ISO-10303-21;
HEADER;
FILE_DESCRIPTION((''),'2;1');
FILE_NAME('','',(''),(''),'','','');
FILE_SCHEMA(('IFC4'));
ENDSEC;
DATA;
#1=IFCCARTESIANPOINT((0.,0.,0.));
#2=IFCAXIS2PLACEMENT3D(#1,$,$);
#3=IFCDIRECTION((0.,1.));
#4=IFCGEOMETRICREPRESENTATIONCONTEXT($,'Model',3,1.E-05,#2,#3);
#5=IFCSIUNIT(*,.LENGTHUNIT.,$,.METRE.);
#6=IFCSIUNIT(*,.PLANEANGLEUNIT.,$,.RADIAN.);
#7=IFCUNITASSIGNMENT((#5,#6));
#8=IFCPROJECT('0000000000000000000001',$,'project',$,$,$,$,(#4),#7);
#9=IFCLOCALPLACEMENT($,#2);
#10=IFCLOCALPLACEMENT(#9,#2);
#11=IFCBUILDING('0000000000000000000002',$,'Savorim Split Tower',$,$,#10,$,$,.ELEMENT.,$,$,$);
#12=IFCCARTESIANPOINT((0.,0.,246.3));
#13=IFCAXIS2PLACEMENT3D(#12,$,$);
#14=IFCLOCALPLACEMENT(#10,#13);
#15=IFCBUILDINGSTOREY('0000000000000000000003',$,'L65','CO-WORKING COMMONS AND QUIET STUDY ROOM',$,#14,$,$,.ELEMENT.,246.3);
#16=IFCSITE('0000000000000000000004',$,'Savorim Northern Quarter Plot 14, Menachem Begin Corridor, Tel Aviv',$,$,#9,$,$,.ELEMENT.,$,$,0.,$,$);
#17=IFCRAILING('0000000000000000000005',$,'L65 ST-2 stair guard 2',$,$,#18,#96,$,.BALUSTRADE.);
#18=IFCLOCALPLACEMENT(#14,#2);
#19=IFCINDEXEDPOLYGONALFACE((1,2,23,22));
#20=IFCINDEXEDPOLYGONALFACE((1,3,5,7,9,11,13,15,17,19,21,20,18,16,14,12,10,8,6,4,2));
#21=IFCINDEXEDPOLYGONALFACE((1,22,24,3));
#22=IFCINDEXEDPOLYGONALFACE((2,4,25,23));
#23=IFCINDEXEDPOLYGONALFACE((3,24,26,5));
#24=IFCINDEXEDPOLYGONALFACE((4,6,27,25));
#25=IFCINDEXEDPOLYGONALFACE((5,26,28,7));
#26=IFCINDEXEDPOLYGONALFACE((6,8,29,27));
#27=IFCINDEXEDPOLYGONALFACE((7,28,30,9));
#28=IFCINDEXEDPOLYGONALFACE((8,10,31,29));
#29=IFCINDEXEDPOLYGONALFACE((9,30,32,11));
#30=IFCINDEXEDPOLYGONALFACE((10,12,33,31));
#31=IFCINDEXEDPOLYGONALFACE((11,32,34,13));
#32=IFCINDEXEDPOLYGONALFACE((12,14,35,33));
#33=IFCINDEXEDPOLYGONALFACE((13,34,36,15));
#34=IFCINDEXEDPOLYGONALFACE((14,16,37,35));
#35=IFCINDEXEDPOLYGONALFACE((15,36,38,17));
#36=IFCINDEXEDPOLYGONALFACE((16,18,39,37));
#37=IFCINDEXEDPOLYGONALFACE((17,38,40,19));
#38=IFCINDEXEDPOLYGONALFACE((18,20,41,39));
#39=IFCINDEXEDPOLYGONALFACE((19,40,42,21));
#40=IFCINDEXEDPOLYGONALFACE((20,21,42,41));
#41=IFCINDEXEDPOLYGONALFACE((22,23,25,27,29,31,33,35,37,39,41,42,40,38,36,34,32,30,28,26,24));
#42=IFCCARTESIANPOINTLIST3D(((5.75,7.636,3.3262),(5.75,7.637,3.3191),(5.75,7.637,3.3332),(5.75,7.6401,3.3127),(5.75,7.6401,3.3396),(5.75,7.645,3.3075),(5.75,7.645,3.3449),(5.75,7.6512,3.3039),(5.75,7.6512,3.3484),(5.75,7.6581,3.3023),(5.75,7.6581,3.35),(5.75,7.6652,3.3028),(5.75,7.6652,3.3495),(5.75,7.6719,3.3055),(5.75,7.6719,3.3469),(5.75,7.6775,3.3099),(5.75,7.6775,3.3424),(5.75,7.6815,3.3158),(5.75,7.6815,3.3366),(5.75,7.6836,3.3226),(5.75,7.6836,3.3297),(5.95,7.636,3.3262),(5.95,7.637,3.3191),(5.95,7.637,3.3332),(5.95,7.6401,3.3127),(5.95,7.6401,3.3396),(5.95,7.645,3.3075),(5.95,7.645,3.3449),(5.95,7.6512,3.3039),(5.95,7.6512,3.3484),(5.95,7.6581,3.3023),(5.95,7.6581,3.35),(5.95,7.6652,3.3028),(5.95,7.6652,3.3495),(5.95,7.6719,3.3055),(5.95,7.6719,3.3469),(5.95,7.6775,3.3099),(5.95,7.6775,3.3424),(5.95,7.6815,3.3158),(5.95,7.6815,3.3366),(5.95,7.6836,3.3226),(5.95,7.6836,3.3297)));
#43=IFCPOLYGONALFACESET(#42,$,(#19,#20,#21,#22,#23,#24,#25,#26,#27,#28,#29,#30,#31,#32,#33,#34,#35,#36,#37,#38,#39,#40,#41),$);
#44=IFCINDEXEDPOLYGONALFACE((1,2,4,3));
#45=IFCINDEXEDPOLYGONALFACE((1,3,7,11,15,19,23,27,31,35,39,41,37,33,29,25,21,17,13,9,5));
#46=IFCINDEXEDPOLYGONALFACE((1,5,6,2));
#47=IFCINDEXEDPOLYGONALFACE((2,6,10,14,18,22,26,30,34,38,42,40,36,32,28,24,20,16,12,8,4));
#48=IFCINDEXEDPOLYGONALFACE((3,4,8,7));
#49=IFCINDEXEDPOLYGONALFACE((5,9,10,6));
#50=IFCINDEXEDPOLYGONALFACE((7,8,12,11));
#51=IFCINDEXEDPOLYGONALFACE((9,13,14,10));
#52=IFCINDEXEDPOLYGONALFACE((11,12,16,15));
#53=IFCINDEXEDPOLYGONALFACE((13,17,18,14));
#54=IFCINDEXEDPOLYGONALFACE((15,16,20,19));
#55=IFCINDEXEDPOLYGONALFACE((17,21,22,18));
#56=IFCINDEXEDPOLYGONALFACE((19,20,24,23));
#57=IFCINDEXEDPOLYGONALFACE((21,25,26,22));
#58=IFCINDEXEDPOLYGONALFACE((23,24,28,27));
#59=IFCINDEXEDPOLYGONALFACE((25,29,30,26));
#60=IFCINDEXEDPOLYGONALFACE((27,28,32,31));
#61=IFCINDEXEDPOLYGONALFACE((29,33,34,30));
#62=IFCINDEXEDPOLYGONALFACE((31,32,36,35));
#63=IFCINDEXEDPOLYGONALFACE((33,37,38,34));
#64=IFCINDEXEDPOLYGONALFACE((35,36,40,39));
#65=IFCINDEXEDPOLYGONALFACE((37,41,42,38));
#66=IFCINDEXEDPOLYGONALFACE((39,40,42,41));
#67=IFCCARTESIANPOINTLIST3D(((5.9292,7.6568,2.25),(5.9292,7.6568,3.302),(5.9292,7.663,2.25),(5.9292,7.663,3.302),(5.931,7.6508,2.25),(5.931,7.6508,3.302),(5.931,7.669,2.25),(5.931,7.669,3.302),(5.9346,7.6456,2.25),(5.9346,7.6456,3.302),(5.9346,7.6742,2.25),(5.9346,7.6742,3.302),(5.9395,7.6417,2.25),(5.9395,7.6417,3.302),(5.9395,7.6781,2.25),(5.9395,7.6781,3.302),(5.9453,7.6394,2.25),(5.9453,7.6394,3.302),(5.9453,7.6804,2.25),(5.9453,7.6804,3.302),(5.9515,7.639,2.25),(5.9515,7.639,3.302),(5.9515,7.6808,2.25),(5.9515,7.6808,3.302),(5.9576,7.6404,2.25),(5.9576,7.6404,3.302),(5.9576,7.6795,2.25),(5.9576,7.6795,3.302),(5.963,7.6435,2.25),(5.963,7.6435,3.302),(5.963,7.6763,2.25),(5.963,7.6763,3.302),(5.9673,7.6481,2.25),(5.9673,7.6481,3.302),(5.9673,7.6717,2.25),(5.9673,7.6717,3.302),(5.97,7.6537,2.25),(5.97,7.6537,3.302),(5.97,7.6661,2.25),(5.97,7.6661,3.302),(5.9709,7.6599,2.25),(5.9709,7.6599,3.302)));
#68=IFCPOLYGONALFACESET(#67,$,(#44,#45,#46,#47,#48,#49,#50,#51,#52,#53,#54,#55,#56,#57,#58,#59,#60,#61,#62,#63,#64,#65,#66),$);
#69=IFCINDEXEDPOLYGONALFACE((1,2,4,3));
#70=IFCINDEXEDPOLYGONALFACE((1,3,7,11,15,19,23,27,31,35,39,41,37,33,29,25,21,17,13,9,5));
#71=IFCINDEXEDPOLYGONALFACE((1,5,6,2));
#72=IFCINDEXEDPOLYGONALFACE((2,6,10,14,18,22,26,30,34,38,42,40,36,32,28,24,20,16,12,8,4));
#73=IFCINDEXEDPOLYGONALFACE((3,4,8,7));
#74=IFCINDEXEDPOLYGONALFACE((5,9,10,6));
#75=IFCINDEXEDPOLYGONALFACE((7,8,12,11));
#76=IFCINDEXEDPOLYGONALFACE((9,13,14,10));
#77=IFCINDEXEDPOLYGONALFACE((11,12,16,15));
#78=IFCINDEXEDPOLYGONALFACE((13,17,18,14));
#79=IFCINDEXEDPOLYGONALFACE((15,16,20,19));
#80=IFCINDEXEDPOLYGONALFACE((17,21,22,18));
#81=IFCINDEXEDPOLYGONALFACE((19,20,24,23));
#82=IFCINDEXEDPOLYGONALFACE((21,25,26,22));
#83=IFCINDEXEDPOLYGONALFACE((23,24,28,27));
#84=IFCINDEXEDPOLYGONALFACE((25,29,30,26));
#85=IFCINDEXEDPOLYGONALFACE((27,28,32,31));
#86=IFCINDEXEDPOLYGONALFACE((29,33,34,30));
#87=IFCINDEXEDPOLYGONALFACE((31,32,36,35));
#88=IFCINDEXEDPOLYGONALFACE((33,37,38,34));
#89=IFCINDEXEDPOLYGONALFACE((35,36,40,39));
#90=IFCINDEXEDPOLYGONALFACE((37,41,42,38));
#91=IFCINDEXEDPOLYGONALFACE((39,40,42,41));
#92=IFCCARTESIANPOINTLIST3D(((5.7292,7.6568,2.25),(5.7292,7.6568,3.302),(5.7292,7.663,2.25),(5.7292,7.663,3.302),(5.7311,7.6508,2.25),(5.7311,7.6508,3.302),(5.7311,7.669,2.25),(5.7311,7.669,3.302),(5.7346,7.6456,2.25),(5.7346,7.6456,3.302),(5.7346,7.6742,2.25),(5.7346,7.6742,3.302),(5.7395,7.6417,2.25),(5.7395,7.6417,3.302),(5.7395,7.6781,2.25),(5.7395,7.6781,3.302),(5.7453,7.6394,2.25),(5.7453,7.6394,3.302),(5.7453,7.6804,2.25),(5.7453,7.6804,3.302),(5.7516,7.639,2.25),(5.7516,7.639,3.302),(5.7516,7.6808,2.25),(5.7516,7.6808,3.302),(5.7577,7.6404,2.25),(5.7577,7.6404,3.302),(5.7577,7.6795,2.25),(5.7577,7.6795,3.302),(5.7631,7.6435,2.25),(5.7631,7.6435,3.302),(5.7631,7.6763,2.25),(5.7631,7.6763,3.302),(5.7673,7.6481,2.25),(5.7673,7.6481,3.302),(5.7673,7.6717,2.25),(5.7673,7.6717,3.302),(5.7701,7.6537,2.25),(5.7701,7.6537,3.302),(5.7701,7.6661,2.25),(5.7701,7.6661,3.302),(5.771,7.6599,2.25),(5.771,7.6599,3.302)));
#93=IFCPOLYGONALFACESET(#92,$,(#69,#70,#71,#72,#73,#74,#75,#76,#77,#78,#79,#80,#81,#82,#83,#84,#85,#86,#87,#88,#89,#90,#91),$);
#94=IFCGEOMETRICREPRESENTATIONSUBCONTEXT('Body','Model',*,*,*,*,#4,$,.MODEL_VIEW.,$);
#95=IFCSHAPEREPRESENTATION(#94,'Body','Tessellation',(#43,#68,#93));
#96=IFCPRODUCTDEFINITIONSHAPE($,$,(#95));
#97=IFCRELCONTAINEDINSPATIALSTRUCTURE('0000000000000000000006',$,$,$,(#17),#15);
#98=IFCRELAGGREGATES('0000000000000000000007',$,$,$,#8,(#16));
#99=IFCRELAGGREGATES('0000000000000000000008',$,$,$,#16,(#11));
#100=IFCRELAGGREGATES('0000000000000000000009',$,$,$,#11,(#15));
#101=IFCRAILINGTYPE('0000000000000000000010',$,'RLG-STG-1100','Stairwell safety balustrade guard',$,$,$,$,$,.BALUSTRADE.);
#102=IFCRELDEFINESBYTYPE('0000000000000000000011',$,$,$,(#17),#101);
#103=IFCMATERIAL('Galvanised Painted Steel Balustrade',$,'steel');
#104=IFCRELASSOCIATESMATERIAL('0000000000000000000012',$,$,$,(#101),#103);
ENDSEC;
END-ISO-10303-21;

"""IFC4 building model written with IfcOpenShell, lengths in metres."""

from ifc_helpers import new_model, si_unit, direction, frame, origin, origin_2d, place, context, subcontext, project, spatial, circle, extrude, material, type_object, element, save


model = new_model("IFC4")

# Units and contexts
model_context = context("Model", 3, precision=1e-05, world=origin(), true_north=direction((0.0, 1.0)))
body_context = subcontext(model_context, "Body", "Model", "MODEL_VIEW")
ifc_project = project(units=[si_unit("LENGTHUNIT", "METRE"), si_unit("PLANEANGLEUNIT", "RADIAN")], contexts=[model_context])

# Site, building, storey
site_placement = place(None, origin())
site = spatial("IfcSite", under=ifc_project, at=site_placement, Name="Savorim Northern Quarter Plot 14, Menachem Begin Corridor, Tel Aviv", CompositionType="ELEMENT", RefElevation=0.0)
building_placement = place(site_placement, origin())
building = spatial("IfcBuilding", under=site, at=building_placement, Name="Savorim Split Tower", CompositionType="ELEMENT")
storey_placement = place(building_placement, frame((0.0, 0.0, 246.3)))
storey = spatial("IfcBuildingStorey", under=building, at=storey_placement, Name="L65", Description="CO-WORKING COMMONS AND QUIET STUDY ROOM", CompositionType="ELEMENT", Elevation=246.3)

# Railing
ifc_material_1 = material(Name="Galvanised Painted Steel Balustrade", Category="steel")
railing_type_1 = type_object("IfcRailingType", Name="RLG-STG-1100", Description="Stairwell safety balustrade guard", PredefinedType="BALUSTRADE", material=ifc_material_1)
railing_1_placement = place(storey_placement, frame((5.95, 7.6599, 2.25)))
element("IfcRailing", 1, at=railing_1_placement, inside=storey, type_object=railing_type_1, Name="L65 ST-2 stair guard 2", PredefinedType="BALUSTRADE", context=body_context, shape_type="SweptSolid", body=[
    extrude(circle(Radius=0.0239, at=origin_2d()), frame((0.0, 0.0, 1.0762), z_axis=(-1.0, 0.0, 0.0), x_axis=(0.0, -1.0, 0.0)), (0.0, 0.0, 1.0), 0.2),
    extrude(circle(Radius=0.021, at=origin_2d()), origin(), (0.0, 0.0, 1.0), 1.052),
    extrude(circle(Radius=0.021, at=origin_2d()), frame((-0.2, 0.0, 0.0)), (0.0, 0.0, 1.0), 1.052),
])

save(model, "model.ifc")
